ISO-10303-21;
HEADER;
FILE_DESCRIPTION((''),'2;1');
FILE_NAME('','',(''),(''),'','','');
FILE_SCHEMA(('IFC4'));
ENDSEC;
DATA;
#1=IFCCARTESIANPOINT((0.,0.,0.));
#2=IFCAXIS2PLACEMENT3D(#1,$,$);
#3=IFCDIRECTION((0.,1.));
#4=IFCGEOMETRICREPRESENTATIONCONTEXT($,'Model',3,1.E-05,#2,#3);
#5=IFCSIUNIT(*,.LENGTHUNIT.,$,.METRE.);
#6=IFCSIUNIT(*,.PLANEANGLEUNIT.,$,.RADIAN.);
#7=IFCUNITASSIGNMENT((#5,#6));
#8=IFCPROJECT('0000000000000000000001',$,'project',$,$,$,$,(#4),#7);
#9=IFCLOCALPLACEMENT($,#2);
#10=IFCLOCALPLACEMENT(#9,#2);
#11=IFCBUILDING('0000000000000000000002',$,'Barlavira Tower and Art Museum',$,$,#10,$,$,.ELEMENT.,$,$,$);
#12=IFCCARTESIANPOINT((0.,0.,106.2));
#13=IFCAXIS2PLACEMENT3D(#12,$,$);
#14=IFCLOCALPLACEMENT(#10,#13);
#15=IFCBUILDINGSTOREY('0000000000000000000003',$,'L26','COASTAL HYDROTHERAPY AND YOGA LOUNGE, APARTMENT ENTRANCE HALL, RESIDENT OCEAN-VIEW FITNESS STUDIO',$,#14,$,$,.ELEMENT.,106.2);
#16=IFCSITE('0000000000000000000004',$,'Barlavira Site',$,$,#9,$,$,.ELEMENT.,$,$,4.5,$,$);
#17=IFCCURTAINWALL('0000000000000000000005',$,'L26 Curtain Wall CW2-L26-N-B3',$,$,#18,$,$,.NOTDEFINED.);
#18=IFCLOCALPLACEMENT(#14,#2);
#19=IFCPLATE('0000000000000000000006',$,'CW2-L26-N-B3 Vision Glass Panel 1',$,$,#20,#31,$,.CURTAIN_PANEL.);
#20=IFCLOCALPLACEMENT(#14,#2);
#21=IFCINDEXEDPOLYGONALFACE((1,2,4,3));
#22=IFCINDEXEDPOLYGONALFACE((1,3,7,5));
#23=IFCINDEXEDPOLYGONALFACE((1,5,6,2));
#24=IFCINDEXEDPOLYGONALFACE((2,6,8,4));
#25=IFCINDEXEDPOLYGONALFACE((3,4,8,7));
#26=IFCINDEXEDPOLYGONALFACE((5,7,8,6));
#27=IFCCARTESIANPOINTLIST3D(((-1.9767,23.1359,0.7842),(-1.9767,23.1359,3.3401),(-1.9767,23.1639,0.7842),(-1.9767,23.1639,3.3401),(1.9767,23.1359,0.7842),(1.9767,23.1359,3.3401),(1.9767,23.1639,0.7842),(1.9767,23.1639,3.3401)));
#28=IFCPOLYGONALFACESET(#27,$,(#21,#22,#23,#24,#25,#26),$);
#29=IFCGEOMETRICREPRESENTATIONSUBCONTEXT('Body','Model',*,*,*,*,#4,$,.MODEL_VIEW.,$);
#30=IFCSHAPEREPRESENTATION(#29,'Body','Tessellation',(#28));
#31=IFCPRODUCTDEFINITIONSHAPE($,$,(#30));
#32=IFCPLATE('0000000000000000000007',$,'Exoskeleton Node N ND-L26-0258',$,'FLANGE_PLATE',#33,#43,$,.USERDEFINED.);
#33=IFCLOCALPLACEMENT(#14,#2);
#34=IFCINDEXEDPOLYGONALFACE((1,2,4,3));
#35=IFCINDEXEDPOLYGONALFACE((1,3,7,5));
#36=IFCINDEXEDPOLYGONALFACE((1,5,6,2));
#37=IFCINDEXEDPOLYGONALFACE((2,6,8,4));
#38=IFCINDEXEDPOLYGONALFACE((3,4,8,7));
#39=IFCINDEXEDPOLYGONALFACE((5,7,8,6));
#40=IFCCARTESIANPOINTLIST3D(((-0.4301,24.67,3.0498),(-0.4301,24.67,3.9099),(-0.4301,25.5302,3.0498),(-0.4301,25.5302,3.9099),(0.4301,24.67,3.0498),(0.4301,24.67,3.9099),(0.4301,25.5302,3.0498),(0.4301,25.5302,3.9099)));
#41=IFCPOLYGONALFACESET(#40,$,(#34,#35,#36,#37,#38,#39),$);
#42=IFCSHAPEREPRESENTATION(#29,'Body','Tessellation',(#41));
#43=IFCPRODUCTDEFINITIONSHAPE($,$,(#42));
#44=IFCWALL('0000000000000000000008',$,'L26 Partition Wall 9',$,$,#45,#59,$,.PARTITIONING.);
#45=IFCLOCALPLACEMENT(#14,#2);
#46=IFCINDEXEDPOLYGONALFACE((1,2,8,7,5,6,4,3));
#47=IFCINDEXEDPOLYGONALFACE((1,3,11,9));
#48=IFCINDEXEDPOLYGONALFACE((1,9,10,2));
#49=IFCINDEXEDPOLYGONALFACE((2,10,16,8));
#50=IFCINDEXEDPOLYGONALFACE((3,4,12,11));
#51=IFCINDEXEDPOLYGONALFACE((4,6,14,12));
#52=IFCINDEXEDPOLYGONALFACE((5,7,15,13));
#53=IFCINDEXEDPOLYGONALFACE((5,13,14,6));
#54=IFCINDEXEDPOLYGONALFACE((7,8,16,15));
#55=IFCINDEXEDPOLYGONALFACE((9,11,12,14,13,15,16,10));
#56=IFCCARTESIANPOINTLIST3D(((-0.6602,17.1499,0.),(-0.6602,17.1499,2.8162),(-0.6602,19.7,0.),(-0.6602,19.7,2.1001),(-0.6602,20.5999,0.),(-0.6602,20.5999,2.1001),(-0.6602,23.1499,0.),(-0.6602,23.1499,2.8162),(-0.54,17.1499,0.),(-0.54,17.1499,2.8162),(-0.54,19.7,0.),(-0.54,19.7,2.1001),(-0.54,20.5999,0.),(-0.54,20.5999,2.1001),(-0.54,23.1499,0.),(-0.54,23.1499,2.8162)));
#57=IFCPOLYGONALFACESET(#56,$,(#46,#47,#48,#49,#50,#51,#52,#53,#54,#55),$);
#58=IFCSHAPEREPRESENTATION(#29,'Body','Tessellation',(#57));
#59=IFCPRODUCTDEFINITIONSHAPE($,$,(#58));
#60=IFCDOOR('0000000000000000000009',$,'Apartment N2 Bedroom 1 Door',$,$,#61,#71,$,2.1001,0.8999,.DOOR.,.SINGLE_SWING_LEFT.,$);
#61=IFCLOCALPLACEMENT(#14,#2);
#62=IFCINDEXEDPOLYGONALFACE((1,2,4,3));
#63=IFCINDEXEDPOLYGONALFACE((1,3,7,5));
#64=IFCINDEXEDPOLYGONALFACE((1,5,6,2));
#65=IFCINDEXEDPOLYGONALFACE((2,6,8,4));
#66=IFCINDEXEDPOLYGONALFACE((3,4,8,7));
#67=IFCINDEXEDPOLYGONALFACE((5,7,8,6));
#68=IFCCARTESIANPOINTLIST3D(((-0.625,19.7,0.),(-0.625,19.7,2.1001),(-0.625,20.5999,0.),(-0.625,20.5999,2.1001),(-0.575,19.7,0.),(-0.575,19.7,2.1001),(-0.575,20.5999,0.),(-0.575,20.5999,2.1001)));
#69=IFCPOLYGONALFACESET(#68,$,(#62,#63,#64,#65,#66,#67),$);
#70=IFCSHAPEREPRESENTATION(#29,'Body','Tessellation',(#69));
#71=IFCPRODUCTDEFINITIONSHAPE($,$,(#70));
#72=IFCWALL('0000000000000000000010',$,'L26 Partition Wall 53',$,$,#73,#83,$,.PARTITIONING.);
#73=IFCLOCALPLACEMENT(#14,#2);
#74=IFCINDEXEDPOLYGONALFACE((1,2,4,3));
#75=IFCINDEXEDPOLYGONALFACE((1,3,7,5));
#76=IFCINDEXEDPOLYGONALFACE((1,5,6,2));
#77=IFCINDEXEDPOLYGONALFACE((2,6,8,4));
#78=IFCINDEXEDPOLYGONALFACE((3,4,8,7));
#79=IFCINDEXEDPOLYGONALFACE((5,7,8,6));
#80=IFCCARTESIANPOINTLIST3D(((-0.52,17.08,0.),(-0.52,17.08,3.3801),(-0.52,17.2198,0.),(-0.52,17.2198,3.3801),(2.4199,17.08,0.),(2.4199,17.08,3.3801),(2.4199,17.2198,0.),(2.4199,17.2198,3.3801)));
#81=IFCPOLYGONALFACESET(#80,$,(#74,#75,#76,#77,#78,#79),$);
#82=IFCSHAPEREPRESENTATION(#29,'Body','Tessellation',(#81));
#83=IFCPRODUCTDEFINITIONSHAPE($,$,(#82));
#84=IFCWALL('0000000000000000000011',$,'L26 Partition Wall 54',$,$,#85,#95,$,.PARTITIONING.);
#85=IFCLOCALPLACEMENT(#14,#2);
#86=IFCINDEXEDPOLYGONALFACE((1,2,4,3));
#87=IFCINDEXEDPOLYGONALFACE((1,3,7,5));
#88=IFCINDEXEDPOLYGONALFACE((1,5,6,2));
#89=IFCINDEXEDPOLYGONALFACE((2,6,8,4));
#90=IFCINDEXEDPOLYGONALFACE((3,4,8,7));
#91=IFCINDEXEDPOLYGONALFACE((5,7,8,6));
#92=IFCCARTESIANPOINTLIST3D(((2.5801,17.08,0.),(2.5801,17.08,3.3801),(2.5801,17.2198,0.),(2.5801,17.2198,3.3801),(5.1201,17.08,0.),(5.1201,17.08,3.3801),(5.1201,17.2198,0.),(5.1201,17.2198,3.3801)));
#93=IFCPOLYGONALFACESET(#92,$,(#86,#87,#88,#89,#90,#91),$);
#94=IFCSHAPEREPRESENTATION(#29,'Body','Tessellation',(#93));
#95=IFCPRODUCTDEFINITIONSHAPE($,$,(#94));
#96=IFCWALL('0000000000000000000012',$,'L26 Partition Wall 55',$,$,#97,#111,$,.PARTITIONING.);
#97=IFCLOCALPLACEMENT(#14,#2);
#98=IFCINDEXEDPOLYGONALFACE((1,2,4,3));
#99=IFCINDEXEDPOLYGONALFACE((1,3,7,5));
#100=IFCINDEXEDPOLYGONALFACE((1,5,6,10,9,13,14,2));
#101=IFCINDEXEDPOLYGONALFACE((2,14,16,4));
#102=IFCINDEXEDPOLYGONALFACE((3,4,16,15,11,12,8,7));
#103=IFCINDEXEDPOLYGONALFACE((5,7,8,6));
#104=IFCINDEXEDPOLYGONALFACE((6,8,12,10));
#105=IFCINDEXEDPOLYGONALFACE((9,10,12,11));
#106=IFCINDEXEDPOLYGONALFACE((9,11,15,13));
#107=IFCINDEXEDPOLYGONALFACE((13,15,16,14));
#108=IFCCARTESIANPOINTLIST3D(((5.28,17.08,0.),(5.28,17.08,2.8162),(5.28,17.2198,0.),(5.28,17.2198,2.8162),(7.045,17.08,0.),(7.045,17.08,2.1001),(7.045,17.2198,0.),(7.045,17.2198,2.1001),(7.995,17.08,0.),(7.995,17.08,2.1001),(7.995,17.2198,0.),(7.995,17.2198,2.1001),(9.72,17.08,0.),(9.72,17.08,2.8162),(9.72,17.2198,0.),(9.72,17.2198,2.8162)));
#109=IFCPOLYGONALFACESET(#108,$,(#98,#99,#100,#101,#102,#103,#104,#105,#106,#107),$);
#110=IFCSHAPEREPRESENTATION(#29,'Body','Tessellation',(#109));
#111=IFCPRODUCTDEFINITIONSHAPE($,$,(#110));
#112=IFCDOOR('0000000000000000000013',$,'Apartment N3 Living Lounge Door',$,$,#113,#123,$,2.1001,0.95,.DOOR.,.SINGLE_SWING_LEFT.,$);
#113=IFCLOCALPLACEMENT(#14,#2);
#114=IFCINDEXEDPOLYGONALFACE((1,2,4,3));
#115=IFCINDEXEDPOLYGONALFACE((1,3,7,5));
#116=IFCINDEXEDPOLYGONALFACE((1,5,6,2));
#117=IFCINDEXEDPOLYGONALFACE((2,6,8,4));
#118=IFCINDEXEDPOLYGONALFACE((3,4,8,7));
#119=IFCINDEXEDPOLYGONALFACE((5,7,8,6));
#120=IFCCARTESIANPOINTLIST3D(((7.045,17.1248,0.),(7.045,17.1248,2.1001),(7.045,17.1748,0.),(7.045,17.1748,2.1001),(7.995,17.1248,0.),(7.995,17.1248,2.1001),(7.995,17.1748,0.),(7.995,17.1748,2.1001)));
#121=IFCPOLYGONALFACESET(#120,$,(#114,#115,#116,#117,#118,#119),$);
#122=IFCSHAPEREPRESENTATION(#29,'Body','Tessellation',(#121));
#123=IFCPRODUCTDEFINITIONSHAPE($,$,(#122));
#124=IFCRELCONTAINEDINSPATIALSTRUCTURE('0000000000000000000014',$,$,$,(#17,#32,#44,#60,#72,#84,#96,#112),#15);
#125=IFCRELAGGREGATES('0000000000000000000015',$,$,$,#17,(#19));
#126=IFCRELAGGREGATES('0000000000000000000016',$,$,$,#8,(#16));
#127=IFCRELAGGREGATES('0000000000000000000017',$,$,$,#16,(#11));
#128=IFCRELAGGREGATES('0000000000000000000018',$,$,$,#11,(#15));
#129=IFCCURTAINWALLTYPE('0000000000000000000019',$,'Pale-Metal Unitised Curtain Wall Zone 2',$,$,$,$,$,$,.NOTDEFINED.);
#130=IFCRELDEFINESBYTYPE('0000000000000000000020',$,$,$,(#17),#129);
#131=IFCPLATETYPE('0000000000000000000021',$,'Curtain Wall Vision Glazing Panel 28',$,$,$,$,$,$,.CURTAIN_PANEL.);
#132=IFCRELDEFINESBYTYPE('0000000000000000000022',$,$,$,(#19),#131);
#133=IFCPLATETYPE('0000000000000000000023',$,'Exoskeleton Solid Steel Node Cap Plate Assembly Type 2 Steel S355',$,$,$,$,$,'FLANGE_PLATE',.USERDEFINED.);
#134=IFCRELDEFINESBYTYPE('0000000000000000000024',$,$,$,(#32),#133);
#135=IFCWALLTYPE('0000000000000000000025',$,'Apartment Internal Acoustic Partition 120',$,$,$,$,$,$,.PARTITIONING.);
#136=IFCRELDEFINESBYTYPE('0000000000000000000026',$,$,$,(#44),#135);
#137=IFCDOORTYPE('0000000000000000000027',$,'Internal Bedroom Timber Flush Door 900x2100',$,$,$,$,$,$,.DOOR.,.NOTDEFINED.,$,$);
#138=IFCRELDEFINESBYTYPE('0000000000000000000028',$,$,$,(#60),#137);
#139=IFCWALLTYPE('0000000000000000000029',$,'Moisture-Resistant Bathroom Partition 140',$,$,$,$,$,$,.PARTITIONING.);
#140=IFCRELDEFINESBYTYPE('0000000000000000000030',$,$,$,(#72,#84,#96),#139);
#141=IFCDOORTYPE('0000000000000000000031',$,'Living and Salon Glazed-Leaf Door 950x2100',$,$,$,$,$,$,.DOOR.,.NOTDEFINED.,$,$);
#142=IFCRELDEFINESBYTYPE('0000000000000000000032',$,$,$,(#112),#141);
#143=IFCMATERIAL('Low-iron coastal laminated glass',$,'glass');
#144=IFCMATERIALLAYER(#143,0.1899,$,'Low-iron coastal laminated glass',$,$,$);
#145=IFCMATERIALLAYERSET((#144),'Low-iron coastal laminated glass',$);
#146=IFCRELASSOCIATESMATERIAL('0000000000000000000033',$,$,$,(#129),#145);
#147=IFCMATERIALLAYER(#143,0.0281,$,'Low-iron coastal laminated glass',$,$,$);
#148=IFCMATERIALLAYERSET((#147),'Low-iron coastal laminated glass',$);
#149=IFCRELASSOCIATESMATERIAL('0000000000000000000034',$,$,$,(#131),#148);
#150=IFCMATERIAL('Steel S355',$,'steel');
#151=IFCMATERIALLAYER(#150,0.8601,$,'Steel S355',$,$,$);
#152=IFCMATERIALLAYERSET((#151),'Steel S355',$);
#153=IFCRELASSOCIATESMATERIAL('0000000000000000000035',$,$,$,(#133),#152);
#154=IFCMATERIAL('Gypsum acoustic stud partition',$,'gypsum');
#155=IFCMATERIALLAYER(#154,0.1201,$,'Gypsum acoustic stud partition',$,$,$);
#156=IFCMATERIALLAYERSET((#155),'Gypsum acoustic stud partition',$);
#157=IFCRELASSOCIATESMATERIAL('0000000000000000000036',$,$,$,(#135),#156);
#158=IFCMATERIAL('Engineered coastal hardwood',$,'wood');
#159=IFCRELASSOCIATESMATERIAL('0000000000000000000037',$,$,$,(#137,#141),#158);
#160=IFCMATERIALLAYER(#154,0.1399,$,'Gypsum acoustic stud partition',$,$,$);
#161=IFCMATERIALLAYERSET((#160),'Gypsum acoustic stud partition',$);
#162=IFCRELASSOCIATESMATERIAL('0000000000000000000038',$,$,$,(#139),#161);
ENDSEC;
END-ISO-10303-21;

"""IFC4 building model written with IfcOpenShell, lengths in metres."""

from ifc_helpers import new_model, si_unit, direction, frame, frame_2d, origin, origin_2d, place, context, subcontext, project, spatial, rectangle, extrude, material, layer, layer_set, type_object, element, fill, aggregate, save


model = new_model("IFC4")

# Units and contexts
model_context = context("Model", 3, precision=1e-05, world=origin(), true_north=direction((0.0, 1.0)))
body_context = subcontext(model_context, "Body", "Model", "MODEL_VIEW")
ifc_project = project(units=[si_unit("LENGTHUNIT", "METRE"), si_unit("PLANEANGLEUNIT", "RADIAN")], contexts=[model_context])

# Site, building, storey
site_placement = place(None, origin())
site = spatial("IfcSite", under=ifc_project, at=site_placement, Name="Barlavira Site", CompositionType="ELEMENT", RefElevation=4.5)
building_placement = place(site_placement, origin())
building = spatial("IfcBuilding", under=site, at=building_placement, Name="Barlavira Tower and Art Museum", CompositionType="ELEMENT")
storey_placement = place(building_placement, frame((0.0, 0.0, 106.2)))
storey = spatial("IfcBuildingStorey", under=building, at=storey_placement, Name="L26", Description="COASTAL HYDROTHERAPY AND YOGA LOUNGE, APARTMENT ENTRANCE HALL, RESIDENT OCEAN-VIEW FITNESS STUDIO", CompositionType="ELEMENT", Elevation=106.2)

# Curtain wall
ifc_material_1 = material(Name="Low-iron coastal laminated glass", Category="glass")
ifc_layer_1 = layer(ifc_material_1, 0.1899, Name="Low-iron coastal laminated glass")
ifc_layer_set_1 = layer_set([ifc_layer_1], Name="Low-iron coastal laminated glass")
curtain_wall_type = type_object("IfcCurtainWallType", Name="Pale-Metal Unitised Curtain Wall Zone 2", PredefinedType="NOTDEFINED", material=ifc_layer_set_1)
curtain_wall_placement = place(storey_placement, origin())
curtain_wall = element("IfcCurtainWall", 1, at=curtain_wall_placement, inside=storey, type_object=curtain_wall_type, Name="L26 Curtain Wall CW2-L26-N-B3", PredefinedType="NOTDEFINED")

# Shared definitions
ifc_material_2 = material(Name="Steel S355", Category="steel")

# Plates
ifc_layer_2 = layer(ifc_material_1, 0.0281, Name="Low-iron coastal laminated glass")
ifc_layer_set_2 = layer_set([ifc_layer_2], Name="Low-iron coastal laminated glass")
plate_type_1 = type_object("IfcPlateType", Name="Curtain Wall Vision Glazing Panel 28", PredefinedType="CURTAIN_PANEL", material=ifc_layer_set_2)
plate_1_placement = place(storey_placement, frame((0.0, 23.1499, 0.7842), z_axis=(0.0, 0.0, 1.0), x_axis=(-1.0, 0.0, 0.0)))
plate_1 = element("IfcPlate", 2, at=plate_1_placement, type_object=plate_type_1, Name="CW2-L26-N-B3 Vision Glass Panel 1", PredefinedType="CURTAIN_PANEL", context=body_context, shape_type="SweptSolid", body=[
    extrude(rectangle(XDim=3.9534, YDim=0.0281, at=origin_2d()), origin(), (0.0, 0.0, 1.0), 2.5559),
])
aggregate(curtain_wall, [plate_1])
ifc_layer_3 = layer(ifc_material_2, 0.8601, Name="Steel S355")
ifc_layer_set_3 = layer_set([ifc_layer_3], Name="Steel S355")
plate_type_2 = type_object("IfcPlateType", Name="Exoskeleton Solid Steel Node Cap Plate Assembly Type 2 Steel S355", ElementType="FLANGE_PLATE", PredefinedType="USERDEFINED", material=ifc_layer_set_3)
plate_2_placement = place(storey_placement, frame((0.0, 25.1001, 3.0498), z_axis=(0.0, 0.0, 1.0), x_axis=(1.0, 0.0, 0.0)))
element("IfcPlate", 3, at=plate_2_placement, inside=storey, type_object=plate_type_2, Name="Exoskeleton Node N ND-L26-0258", ObjectType="FLANGE_PLATE", PredefinedType="USERDEFINED", context=body_context, shape_type="SweptSolid", body=[
    extrude(rectangle(XDim=0.8601, YDim=0.8601, at=origin_2d()), origin(), (0.0, 0.0, 1.0), 0.8601),
])

# Wall, opening, door
ifc_material_3 = material(Name="Gypsum acoustic stud partition", Category="gypsum")
ifc_layer_4 = layer(ifc_material_3, 0.1201, Name="Gypsum acoustic stud partition")
ifc_layer_set_4 = layer_set([ifc_layer_4], Name="Gypsum acoustic stud partition")
wall_type_1 = type_object("IfcWallType", Name="Apartment Internal Acoustic Partition 120", PredefinedType="PARTITIONING", material=ifc_layer_set_4)
wall_1_placement = place(storey_placement, frame((-0.6001, 17.1499, 0.0), z_axis=(0.0, 0.0, 1.0), x_axis=(0.0, 1.0, 0.0)))
wall_1 = element("IfcWall", 4, at=wall_1_placement, inside=storey, type_object=wall_type_1, Name="L26 Partition Wall 9", PredefinedType="PARTITIONING", context=body_context, shape_type="SweptSolid", body=[
    extrude(rectangle(XDim=6.0, YDim=0.1201, at=frame_2d((3.0, 0.0))), origin(), (0.0, 0.0, 1.0), 2.8162),
])
opening_1_placement = place(wall_1_placement, frame((2.55, 0.0, 0.0)))
opening_1 = element("IfcOpeningElement", 5, at=opening_1_placement, cuts=wall_1, PredefinedType="OPENING", context=body_context, shape_type="SweptSolid", body=[
    extrude(rectangle(XDim=0.8999, YDim=2.1001, at=frame_2d((0.45, 1.05))), frame((0.0, 0.0701, 0.0), z_axis=(0.0, -1.0, 0.0), x_axis=(1.0, 0.0, 0.0)), (0.0, 0.0, 1.0), 0.1401),
])
ifc_material_4 = material(Name="Engineered coastal hardwood", Category="wood")
door_type_1 = type_object("IfcDoorType", Name="Internal Bedroom Timber Flush Door 900x2100", OperationType="NOTDEFINED", PredefinedType="DOOR", material=ifc_material_4)
door_1_placement = place(opening_1_placement, origin())
door_1 = element("IfcDoor", 6, at=door_1_placement, inside=storey, type_object=door_type_1, Name="Apartment N2 Bedroom 1 Door", OperationType="SINGLE_SWING_LEFT", OverallHeight=2.1001, OverallWidth=0.8999, PredefinedType="DOOR", context=body_context, shape_type="SweptSolid", body=[
    extrude(rectangle(XDim=0.8999, YDim=2.1001, at=frame_2d((0.45, 1.05))), frame((0.0, 0.0249, 0.0), z_axis=(0.0, -1.0, 0.0), x_axis=(1.0, 0.0, 0.0)), (0.0, 0.0, 1.0), 0.05),
])
fill(opening_1, door_1)

# Walls
ifc_layer_5 = layer(ifc_material_3, 0.1399, Name="Gypsum acoustic stud partition")
ifc_layer_set_5 = layer_set([ifc_layer_5], Name="Gypsum acoustic stud partition")
wall_type_2 = type_object("IfcWallType", Name="Moisture-Resistant Bathroom Partition 140", PredefinedType="PARTITIONING", material=ifc_layer_set_5)
wall_2_placement = place(storey_placement, frame((-0.52, 17.1499, 0.0), z_axis=(0.0, 0.0, 1.0), x_axis=(1.0, 0.0, 0.0)))
element("IfcWall", 7, at=wall_2_placement, inside=storey, type_object=wall_type_2, Name="L26 Partition Wall 53", PredefinedType="PARTITIONING", context=body_context, shape_type="SweptSolid", body=[
    extrude(rectangle(XDim=2.9399, YDim=0.1399, at=frame_2d((1.47, 0.0))), origin(), (0.0, 0.0, 1.0), 3.3801),
])
wall_3_placement = place(storey_placement, frame((2.5801, 17.1499, 0.0), z_axis=(0.0, 0.0, 1.0), x_axis=(1.0, 0.0, 0.0)))
element("IfcWall", 8, at=wall_3_placement, inside=storey, type_object=wall_type_2, Name="L26 Partition Wall 54", PredefinedType="PARTITIONING", context=body_context, shape_type="SweptSolid", body=[
    extrude(rectangle(XDim=2.54, YDim=0.1399, at=frame_2d((1.27, 0.0))), origin(), (0.0, 0.0, 1.0), 3.3801),
])

# Wall, opening, door
wall_4_placement = place(storey_placement, frame((5.28, 17.1499, 0.0), z_axis=(0.0, 0.0, 1.0), x_axis=(1.0, 0.0, 0.0)))
wall_4 = element("IfcWall", 9, at=wall_4_placement, inside=storey, type_object=wall_type_2, Name="L26 Partition Wall 55", PredefinedType="PARTITIONING", context=body_context, shape_type="SweptSolid", body=[
    extrude(rectangle(XDim=4.4399, YDim=0.1399, at=frame_2d((2.22, 0.0))), origin(), (0.0, 0.0, 1.0), 2.8162),
])
opening_2_placement = place(wall_4_placement, frame((1.7649, 0.0, 0.0)))
opening_2 = element("IfcOpeningElement", 10, at=opening_2_placement, cuts=wall_4, PredefinedType="OPENING", context=body_context, shape_type="SweptSolid", body=[
    extrude(rectangle(XDim=0.95, YDim=2.1001, at=frame_2d((0.4751, 1.05))), frame((0.0, 0.0801, 0.0), z_axis=(0.0, -1.0, 0.0), x_axis=(1.0, 0.0, 0.0)), (0.0, 0.0, 1.0), 0.1599),
])
door_type_2 = type_object("IfcDoorType", Name="Living and Salon Glazed-Leaf Door 950x2100", OperationType="NOTDEFINED", PredefinedType="DOOR", material=ifc_material_4)
door_2_placement = place(opening_2_placement, origin())
door_2 = element("IfcDoor", 11, at=door_2_placement, inside=storey, type_object=door_type_2, Name="Apartment N3 Living Lounge Door", OperationType="SINGLE_SWING_LEFT", OverallHeight=2.1001, OverallWidth=0.95, PredefinedType="DOOR", context=body_context, shape_type="SweptSolid", body=[
    extrude(rectangle(XDim=0.95, YDim=2.1001, at=frame_2d((0.4751, 1.05))), frame((0.0, 0.0249, 0.0), z_axis=(0.0, -1.0, 0.0), x_axis=(1.0, 0.0, 0.0)), (0.0, 0.0, 1.0), 0.05),
])
fill(opening_2, door_2)

save(model, "model.ifc")
